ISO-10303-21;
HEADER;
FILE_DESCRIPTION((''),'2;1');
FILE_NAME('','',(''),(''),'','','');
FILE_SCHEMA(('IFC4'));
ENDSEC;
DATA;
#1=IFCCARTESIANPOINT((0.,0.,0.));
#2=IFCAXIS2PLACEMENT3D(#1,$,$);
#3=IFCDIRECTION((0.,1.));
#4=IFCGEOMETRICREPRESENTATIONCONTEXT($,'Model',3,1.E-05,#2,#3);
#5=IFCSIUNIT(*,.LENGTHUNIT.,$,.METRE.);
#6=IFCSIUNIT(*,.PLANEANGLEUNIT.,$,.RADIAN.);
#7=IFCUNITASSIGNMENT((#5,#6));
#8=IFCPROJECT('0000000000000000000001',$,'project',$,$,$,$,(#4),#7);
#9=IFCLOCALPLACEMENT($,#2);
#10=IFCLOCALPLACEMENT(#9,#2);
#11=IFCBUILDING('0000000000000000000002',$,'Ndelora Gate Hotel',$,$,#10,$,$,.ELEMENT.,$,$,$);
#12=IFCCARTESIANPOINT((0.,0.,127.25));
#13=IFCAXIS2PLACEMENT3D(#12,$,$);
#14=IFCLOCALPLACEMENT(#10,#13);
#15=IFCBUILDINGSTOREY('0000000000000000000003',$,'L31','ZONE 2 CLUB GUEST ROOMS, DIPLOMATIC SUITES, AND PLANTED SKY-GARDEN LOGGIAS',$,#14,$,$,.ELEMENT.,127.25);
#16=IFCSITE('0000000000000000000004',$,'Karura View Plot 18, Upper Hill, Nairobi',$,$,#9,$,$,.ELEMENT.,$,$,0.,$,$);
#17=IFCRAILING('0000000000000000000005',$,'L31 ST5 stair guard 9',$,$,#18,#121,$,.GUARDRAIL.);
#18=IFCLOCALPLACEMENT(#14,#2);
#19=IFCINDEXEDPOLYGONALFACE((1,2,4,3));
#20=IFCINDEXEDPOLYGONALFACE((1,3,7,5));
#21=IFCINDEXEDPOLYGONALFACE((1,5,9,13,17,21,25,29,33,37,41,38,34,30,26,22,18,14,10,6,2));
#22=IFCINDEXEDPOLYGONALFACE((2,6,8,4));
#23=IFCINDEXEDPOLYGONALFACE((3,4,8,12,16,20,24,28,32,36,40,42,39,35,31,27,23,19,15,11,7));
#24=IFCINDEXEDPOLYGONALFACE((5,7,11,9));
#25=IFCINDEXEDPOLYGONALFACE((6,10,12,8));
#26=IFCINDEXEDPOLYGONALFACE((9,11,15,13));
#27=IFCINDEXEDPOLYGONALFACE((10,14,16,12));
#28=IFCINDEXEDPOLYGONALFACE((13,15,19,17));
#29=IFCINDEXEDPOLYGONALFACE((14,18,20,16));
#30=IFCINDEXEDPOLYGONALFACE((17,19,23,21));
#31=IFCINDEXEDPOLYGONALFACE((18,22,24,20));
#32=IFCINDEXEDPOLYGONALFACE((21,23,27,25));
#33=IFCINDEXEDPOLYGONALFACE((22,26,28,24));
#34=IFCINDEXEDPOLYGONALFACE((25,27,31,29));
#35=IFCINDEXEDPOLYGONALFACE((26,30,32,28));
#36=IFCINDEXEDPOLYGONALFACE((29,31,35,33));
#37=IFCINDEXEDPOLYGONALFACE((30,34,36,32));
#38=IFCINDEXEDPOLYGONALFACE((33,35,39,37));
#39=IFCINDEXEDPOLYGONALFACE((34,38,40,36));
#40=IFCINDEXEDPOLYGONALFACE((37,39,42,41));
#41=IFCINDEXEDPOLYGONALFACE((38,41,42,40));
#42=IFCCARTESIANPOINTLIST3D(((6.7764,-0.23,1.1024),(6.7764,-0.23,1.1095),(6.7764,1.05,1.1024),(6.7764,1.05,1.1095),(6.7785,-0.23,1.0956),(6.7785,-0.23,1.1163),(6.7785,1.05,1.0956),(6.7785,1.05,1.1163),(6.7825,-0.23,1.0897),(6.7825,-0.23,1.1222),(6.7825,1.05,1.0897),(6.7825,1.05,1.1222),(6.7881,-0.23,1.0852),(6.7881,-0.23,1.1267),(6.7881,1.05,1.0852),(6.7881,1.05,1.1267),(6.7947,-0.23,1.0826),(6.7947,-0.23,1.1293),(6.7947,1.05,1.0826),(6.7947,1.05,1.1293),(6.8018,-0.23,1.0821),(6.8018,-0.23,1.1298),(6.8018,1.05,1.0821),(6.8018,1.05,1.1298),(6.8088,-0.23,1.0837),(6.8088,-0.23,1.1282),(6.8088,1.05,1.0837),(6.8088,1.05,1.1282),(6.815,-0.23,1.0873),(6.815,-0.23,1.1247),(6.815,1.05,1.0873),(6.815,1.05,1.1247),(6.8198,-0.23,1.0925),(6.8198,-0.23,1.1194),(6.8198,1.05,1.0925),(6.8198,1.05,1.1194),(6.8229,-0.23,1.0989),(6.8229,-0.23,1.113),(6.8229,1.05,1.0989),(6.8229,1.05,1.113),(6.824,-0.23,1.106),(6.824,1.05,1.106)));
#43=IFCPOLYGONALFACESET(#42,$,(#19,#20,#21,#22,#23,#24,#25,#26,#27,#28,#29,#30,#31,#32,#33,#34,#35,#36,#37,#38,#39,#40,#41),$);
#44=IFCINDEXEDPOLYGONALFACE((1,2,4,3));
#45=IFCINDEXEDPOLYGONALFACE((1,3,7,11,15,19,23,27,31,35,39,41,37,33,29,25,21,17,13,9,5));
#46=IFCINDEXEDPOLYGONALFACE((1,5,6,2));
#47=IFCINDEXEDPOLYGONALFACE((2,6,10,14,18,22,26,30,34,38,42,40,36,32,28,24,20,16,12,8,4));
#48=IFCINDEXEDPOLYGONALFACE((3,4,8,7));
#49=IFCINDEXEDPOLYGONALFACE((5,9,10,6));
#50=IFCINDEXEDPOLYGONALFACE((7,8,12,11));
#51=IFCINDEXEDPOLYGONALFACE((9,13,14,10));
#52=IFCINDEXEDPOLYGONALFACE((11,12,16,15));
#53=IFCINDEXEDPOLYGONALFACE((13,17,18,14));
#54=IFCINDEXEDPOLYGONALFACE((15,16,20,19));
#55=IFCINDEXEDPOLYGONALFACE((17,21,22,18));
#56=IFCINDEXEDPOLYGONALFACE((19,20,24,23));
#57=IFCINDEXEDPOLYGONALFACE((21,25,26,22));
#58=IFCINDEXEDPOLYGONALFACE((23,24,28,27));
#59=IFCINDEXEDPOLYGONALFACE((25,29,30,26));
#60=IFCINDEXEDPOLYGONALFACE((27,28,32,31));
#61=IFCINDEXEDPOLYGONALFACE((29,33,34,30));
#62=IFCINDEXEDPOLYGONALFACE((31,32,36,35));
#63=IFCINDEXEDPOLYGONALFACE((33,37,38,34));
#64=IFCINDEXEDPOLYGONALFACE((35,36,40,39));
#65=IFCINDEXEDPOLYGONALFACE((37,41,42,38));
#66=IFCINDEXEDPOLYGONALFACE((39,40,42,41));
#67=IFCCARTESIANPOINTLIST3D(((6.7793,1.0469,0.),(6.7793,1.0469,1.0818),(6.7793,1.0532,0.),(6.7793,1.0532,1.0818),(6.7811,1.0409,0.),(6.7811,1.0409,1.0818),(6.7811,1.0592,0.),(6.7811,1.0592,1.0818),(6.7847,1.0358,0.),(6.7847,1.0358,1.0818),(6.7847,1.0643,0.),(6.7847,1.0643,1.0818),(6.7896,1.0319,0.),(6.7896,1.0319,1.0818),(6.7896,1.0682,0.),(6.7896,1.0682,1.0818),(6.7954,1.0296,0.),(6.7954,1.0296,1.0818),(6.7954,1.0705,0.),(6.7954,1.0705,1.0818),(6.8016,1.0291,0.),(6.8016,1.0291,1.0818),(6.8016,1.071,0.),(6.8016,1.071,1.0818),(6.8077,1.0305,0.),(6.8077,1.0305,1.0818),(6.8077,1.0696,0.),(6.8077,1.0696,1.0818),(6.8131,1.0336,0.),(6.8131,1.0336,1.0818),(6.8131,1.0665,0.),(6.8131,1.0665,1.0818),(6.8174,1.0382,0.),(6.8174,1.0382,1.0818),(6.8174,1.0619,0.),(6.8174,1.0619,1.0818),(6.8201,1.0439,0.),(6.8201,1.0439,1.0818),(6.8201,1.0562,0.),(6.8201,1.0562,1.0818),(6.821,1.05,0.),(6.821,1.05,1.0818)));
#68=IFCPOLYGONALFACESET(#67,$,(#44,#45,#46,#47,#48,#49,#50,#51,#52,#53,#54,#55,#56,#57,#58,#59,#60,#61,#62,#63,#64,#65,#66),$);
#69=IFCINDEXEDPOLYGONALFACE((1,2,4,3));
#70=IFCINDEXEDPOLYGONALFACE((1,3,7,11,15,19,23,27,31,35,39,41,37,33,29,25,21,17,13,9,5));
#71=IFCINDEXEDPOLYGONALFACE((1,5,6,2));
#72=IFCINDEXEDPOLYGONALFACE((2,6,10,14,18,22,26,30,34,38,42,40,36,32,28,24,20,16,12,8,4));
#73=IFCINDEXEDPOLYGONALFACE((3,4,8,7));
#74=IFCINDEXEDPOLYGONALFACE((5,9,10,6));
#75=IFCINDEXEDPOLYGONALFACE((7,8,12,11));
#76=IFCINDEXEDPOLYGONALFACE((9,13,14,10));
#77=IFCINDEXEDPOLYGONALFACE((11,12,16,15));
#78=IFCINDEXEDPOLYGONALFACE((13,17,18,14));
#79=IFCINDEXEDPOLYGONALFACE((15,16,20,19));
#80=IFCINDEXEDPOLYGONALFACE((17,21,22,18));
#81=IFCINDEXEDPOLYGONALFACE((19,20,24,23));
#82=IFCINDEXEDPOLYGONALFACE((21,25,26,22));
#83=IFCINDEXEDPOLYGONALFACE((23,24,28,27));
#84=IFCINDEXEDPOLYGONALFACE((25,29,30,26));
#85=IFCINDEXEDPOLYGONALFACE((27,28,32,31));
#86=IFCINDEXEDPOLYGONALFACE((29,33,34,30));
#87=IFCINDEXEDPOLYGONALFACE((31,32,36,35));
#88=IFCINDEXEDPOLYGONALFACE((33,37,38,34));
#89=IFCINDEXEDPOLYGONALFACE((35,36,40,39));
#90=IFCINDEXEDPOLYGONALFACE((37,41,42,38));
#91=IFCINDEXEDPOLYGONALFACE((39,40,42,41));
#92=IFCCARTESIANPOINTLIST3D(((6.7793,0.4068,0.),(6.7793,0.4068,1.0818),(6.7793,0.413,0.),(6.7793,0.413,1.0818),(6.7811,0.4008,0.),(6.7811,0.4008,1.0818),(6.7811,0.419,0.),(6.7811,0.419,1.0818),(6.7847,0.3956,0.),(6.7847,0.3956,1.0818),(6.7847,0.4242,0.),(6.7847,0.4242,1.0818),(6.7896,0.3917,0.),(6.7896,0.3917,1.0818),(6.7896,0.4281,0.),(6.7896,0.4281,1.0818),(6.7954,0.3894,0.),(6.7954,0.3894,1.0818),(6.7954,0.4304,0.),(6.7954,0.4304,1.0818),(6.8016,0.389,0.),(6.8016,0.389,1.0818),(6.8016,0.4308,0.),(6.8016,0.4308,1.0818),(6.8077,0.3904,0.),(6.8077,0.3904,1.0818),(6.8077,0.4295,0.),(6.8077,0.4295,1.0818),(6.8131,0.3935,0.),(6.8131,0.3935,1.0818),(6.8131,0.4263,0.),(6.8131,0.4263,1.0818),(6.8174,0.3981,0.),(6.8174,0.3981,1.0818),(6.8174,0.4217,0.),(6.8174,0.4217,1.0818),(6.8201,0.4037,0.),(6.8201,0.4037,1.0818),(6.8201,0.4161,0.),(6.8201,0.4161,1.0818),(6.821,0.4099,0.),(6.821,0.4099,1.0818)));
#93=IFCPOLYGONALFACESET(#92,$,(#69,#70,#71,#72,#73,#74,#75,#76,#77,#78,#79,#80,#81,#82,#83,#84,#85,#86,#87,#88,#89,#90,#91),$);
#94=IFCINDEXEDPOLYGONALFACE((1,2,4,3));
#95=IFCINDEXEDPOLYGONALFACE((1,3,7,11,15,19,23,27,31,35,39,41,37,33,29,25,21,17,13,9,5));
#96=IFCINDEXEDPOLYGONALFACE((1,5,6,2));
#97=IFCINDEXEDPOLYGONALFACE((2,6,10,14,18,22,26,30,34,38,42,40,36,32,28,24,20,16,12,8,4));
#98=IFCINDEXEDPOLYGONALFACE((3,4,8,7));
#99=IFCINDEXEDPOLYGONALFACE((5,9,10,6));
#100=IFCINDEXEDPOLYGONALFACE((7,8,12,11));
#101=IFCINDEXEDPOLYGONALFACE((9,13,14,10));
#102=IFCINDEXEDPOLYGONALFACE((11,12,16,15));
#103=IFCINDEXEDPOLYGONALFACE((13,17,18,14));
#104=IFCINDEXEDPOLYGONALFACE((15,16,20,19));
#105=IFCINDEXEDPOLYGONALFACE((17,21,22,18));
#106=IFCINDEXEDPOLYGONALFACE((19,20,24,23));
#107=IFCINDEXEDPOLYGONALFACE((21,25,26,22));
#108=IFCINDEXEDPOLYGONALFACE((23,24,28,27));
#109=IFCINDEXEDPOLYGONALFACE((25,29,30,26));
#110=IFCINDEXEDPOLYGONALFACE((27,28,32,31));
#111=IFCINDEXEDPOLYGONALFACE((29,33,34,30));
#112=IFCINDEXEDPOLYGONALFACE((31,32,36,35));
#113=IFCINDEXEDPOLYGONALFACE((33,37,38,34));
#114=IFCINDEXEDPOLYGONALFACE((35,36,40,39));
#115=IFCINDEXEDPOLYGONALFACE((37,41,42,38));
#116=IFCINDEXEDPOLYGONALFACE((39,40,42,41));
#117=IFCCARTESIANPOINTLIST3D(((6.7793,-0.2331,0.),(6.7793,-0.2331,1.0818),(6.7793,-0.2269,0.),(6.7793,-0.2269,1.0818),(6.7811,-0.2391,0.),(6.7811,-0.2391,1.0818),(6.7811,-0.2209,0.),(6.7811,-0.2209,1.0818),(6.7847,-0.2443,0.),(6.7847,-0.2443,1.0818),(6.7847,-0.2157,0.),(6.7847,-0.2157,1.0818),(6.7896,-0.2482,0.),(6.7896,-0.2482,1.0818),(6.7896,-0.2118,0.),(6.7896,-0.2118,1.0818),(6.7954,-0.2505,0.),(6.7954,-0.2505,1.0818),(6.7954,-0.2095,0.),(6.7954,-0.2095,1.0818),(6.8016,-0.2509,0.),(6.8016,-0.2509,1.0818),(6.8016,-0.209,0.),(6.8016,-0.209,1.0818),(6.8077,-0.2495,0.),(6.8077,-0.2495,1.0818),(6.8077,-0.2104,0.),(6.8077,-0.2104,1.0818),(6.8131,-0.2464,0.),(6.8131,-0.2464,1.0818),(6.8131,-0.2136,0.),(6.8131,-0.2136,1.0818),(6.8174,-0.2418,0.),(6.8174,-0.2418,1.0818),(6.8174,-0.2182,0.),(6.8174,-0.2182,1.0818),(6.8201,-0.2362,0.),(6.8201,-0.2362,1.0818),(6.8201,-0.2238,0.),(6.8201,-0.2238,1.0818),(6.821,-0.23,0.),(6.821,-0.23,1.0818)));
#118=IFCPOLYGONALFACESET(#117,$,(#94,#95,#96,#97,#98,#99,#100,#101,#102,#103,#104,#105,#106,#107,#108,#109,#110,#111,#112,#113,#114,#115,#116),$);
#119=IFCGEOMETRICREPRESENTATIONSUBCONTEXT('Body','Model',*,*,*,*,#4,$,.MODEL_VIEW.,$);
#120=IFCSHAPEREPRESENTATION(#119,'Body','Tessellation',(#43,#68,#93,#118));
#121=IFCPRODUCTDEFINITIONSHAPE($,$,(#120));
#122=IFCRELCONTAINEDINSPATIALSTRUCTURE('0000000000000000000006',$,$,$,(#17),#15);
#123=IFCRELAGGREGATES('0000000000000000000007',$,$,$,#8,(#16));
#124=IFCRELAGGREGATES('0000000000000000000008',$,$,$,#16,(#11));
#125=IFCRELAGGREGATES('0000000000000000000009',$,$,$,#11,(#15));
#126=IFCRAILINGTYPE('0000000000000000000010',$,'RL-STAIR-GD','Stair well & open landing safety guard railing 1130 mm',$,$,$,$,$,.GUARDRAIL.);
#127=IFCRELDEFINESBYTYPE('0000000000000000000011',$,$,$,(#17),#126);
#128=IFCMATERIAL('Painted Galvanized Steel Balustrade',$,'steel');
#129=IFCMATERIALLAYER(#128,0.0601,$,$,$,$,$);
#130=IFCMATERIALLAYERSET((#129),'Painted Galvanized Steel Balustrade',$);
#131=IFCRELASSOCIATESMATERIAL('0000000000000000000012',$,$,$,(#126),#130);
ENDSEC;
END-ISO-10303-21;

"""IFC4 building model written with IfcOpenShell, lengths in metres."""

from ifc_helpers import new_model, si_unit, direction, frame, origin, origin_2d, place, context, subcontext, project, spatial, circle, extrude, material, layer, layer_set, type_object, element, save


model = new_model("IFC4")

# Units and contexts
model_context = context("Model", 3, precision=1e-05, world=origin(), true_north=direction((0.0, 1.0)))
body_context = subcontext(model_context, "Body", "Model", "MODEL_VIEW")
ifc_project = project(units=[si_unit("LENGTHUNIT", "METRE"), si_unit("PLANEANGLEUNIT", "RADIAN")], contexts=[model_context])

# Site, building, storey
site_placement = place(None, origin())
site = spatial("IfcSite", under=ifc_project, at=site_placement, Name="Karura View Plot 18, Upper Hill, Nairobi", CompositionType="ELEMENT", RefElevation=0.0)
building_placement = place(site_placement, origin())
building = spatial("IfcBuilding", under=site, at=building_placement, Name="Ndelora Gate Hotel", CompositionType="ELEMENT")
storey_placement = place(building_placement, frame((0.0, 0.0, 127.25)))
storey = spatial("IfcBuildingStorey", under=building, at=storey_placement, Name="L31", Description="ZONE 2 CLUB GUEST ROOMS, DIPLOMATIC SUITES, AND PLANTED SKY-GARDEN LOGGIAS", CompositionType="ELEMENT", Elevation=127.25)

# Railing
ifc_material_1 = material(Name="Painted Galvanized Steel Balustrade", Category="steel")
ifc_layer_1 = layer(ifc_material_1, 0.0601)
ifc_layer_set_1 = layer_set([ifc_layer_1], Name="Painted Galvanized Steel Balustrade")
railing_type = type_object("IfcRailingType", Name="RL-STAIR-GD", Description="Stair well & open landing safety guard railing 1130 mm", PredefinedType="GUARDRAIL", material=ifc_layer_set_1)
for number, where, name in (
    (1, (6.8, 1.05, 0.0), "L31 ST5 stair guard 9"),
):
    element("IfcRailing", number, at=place(storey_placement, frame(where)), inside=storey, type_object=railing_type, Name=name, PredefinedType="GUARDRAIL", context=body_context, shape_type="SweptSolid", body=[
        extrude(circle(Radius=0.0239, at=origin_2d()), frame((0.0, 0.0, 1.106), z_axis=(0.0, -1.0, 0.0), x_axis=(1.0, 0.0, 0.0)), (0.0, 0.0, 1.0), 1.28),
        extrude(circle(Radius=0.021, at=origin_2d()), origin(), (0.0, 0.0, 1.0), 1.0818),
        extrude(circle(Radius=0.021, at=origin_2d()), frame((0.0, -0.6401, 0.0)), (0.0, 0.0, 1.0), 1.0818),
        extrude(circle(Radius=0.021, at=origin_2d()), frame((0.0, -1.28, 0.0)), (0.0, 0.0, 1.0), 1.0818),
    ])

save(model, "model.ifc")
